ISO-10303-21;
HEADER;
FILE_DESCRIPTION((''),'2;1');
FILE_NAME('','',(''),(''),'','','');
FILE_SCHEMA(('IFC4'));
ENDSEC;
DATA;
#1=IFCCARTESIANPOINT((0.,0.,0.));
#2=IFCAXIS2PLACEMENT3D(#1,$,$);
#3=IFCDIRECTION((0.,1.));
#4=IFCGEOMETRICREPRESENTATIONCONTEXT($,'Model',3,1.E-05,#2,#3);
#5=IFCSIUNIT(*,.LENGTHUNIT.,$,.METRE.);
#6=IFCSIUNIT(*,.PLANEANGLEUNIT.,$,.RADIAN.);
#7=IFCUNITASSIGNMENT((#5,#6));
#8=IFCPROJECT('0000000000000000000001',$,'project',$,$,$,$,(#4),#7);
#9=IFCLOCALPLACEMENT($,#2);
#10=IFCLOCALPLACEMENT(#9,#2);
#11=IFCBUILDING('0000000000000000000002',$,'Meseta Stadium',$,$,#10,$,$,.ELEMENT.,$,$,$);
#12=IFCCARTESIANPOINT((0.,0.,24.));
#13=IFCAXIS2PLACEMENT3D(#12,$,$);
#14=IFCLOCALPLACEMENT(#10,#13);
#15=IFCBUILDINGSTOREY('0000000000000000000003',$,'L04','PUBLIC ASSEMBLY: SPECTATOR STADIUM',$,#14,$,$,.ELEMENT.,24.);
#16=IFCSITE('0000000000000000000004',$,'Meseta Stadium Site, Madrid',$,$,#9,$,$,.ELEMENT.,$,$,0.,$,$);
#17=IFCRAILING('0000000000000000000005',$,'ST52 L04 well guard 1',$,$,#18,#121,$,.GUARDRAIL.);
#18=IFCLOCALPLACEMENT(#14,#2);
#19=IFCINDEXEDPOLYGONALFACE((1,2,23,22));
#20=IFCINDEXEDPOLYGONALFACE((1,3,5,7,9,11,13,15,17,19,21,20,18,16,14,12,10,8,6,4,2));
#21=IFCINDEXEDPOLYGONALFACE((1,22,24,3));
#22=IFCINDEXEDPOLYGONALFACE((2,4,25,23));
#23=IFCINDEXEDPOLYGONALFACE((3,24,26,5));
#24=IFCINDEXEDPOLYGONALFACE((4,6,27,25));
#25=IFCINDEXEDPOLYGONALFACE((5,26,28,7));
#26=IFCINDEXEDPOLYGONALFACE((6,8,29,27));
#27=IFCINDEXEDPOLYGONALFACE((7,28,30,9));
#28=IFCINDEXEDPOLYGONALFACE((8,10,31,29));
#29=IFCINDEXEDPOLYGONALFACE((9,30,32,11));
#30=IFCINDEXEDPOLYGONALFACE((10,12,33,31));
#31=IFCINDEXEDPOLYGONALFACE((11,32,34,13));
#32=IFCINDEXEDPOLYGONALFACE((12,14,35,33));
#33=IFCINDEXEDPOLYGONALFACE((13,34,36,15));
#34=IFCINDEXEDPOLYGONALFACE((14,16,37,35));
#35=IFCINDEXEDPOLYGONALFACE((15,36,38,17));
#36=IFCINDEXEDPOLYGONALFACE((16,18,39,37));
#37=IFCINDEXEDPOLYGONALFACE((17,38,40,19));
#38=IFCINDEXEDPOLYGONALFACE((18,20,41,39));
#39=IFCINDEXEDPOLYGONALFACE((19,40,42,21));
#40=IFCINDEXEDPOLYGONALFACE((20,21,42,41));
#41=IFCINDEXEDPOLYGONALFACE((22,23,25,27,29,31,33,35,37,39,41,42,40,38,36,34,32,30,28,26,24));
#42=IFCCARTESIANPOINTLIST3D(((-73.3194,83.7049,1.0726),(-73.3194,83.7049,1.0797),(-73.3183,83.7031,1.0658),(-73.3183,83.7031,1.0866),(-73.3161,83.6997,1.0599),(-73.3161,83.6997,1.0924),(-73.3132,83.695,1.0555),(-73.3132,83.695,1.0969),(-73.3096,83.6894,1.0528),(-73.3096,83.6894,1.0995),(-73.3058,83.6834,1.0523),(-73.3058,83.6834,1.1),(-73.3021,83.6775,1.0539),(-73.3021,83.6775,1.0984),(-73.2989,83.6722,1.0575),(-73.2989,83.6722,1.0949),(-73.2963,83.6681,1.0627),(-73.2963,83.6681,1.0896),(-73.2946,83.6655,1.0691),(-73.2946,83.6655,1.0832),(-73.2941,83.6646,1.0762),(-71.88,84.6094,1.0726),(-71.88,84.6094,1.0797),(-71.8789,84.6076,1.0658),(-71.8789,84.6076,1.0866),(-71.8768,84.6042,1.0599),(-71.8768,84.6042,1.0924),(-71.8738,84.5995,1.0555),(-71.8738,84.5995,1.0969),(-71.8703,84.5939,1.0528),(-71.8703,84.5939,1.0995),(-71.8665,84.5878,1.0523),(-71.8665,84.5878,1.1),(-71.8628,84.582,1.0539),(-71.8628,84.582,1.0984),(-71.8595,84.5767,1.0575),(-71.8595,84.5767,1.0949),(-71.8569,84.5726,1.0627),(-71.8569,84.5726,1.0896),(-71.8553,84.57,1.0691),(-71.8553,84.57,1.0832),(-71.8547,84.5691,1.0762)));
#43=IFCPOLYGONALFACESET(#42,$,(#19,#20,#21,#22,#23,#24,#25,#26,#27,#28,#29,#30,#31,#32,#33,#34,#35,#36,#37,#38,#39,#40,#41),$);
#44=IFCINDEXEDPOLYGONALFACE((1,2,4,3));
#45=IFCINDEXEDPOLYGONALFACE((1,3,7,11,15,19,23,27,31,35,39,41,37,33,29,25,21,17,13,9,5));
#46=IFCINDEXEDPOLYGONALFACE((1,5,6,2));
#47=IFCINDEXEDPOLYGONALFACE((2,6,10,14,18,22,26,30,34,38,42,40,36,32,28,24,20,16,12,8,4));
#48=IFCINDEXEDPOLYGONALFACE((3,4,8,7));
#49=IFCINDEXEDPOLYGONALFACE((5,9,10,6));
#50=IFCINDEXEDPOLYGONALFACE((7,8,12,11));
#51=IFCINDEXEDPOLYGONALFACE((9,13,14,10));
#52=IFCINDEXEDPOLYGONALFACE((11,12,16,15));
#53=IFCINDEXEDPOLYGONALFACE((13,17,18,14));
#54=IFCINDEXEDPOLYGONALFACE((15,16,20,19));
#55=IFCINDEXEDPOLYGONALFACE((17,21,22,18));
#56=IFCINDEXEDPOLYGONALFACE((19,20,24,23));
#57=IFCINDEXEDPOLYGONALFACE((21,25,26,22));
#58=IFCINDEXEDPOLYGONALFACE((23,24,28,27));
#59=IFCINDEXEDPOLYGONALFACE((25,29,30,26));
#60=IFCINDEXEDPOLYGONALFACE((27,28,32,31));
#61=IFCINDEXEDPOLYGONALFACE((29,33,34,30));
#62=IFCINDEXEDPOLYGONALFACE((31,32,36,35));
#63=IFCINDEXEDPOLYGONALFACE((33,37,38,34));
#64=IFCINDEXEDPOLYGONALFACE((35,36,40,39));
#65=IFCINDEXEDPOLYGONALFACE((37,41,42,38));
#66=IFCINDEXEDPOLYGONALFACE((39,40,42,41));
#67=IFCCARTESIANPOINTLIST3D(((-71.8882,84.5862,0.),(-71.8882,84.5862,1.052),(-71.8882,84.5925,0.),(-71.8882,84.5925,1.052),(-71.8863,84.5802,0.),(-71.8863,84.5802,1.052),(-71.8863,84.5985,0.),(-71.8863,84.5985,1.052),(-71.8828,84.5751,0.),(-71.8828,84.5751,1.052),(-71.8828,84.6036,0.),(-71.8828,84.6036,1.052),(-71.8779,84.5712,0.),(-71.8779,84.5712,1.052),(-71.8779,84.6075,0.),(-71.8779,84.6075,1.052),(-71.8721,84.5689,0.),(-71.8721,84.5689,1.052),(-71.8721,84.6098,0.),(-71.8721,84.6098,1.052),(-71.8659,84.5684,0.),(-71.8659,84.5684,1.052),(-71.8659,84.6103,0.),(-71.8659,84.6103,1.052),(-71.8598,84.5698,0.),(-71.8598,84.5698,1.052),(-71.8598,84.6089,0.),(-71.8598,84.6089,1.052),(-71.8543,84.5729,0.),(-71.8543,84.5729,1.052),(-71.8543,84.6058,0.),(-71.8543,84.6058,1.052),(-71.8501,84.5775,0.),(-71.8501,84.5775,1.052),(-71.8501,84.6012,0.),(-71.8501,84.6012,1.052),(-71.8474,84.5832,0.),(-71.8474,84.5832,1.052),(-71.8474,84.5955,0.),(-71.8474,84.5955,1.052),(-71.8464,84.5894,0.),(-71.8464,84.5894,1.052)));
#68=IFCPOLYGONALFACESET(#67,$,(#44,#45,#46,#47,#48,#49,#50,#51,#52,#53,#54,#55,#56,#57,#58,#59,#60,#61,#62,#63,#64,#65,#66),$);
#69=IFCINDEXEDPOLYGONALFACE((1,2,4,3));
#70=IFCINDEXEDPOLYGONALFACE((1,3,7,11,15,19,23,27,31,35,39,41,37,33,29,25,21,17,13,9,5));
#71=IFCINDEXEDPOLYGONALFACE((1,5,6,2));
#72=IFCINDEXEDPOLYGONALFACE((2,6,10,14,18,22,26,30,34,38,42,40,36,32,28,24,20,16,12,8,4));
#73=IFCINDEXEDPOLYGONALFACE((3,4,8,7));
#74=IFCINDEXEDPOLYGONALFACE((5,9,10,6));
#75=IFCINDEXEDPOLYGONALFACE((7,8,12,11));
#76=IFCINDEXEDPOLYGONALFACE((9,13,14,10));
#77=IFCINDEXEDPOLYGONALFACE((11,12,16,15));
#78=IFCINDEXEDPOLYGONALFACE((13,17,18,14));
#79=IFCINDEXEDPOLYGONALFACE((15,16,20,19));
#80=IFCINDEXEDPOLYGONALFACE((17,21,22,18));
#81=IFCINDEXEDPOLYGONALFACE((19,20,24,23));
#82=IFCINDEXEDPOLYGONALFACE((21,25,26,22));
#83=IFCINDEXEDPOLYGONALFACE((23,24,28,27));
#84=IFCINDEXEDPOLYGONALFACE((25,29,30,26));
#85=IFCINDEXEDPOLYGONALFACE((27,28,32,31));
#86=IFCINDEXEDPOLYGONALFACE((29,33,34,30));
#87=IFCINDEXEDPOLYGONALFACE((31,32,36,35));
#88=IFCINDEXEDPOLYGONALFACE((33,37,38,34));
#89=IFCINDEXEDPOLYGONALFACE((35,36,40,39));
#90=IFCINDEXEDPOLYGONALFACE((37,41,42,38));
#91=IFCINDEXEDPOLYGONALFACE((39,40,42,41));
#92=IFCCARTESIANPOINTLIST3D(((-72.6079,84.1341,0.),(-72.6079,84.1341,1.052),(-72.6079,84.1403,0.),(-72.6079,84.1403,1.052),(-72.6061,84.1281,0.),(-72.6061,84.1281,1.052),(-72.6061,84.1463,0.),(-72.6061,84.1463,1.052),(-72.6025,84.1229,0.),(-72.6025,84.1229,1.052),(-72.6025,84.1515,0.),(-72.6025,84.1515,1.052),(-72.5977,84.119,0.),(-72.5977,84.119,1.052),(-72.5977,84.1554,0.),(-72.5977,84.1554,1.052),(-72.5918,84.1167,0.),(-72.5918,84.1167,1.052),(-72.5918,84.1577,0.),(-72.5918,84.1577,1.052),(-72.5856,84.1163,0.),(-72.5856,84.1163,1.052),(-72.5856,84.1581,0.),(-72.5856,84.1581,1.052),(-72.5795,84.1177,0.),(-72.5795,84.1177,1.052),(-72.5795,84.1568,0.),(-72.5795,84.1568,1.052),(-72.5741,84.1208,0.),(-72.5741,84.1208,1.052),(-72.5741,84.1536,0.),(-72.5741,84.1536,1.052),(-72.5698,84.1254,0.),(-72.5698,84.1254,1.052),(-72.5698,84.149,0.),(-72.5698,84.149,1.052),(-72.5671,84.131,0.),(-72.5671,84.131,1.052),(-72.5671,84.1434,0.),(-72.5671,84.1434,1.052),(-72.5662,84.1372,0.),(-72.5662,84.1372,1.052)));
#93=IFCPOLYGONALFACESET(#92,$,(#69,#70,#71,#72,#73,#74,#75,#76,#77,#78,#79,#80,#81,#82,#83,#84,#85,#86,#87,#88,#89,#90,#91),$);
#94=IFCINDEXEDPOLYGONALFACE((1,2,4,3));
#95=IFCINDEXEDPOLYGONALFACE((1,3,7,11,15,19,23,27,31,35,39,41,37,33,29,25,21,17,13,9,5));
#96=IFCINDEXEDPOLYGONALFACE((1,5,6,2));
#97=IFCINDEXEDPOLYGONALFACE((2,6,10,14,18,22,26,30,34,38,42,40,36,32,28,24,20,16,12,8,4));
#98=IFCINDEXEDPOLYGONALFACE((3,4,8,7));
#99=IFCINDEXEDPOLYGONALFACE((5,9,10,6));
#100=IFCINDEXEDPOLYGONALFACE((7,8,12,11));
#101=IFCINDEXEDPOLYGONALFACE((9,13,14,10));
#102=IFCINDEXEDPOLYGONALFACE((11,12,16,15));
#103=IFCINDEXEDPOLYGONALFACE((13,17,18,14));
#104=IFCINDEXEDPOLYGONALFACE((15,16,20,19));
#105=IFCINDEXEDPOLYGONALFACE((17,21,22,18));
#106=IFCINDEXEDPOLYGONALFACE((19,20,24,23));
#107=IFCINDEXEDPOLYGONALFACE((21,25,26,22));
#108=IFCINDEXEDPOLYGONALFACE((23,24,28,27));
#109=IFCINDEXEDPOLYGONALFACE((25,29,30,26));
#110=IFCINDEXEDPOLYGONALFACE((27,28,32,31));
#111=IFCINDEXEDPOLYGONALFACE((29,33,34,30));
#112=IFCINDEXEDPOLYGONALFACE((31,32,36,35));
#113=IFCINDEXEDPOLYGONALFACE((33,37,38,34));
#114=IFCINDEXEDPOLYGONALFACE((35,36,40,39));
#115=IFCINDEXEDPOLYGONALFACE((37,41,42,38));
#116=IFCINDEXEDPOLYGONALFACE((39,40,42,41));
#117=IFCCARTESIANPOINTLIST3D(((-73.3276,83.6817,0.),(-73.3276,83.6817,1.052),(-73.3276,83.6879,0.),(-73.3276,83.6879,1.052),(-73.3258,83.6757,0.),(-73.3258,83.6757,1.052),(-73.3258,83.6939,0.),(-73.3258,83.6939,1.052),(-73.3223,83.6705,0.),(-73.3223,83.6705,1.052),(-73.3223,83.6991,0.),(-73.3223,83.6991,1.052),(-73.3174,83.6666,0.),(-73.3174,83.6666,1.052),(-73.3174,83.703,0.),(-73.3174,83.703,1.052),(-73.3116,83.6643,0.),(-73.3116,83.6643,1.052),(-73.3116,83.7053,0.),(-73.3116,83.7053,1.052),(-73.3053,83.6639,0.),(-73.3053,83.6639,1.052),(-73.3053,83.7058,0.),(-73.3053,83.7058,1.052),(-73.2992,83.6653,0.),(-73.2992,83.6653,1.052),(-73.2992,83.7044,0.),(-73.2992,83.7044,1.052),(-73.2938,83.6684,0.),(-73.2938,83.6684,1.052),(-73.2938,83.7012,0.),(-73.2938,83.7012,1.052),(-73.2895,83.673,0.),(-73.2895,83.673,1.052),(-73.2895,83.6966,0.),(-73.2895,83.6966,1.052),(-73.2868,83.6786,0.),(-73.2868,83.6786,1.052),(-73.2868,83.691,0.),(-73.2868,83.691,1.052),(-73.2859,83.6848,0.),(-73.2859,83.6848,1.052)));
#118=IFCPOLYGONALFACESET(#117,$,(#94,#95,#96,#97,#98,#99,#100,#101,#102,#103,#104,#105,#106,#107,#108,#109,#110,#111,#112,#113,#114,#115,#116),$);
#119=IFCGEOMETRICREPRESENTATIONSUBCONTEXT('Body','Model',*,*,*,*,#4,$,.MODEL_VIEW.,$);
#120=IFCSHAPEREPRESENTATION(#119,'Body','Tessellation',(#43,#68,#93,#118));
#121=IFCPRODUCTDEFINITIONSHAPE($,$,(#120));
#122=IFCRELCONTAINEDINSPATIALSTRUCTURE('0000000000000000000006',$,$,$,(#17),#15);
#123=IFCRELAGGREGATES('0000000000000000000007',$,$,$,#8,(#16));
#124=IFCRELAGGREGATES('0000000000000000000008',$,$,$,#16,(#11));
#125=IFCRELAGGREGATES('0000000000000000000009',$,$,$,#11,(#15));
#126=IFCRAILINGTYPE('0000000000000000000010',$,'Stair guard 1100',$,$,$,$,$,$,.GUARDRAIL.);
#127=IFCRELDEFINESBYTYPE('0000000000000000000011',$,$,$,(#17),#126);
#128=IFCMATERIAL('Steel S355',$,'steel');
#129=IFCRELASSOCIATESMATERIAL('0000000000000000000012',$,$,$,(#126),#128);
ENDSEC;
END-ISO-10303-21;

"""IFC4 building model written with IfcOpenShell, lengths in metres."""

from ifc_helpers import new_model, si_unit, direction, frame, origin, origin_2d, place, context, subcontext, project, spatial, circle, extrude, material, type_object, element, save


model = new_model("IFC4")

# Units and contexts
model_context = context("Model", 3, precision=1e-05, world=origin(), true_north=direction((0.0, 1.0)))
body_context = subcontext(model_context, "Body", "Model", "MODEL_VIEW")
ifc_project = project(units=[si_unit("LENGTHUNIT", "METRE"), si_unit("PLANEANGLEUNIT", "RADIAN")], contexts=[model_context])

# Site, building, storey
site_placement = place(None, origin())
site = spatial("IfcSite", under=ifc_project, at=site_placement, Name="Meseta Stadium Site, Madrid", CompositionType="ELEMENT", RefElevation=0.0)
building_placement = place(site_placement, origin())
building = spatial("IfcBuilding", under=site, at=building_placement, Name="Meseta Stadium", CompositionType="ELEMENT")
storey_placement = place(building_placement, frame((0.0, 0.0, 24.0)))
storey = spatial("IfcBuildingStorey", under=building, at=storey_placement, Name="L04", Description="PUBLIC ASSEMBLY: SPECTATOR STADIUM", CompositionType="ELEMENT", Elevation=24.0)

# Railing
ifc_material_1 = material(Name="Steel S355", Category="steel")
railing_type_1 = type_object("IfcRailingType", Name="Stair guard 1100", PredefinedType="GUARDRAIL", material=ifc_material_1)
railing_1_placement = place(storey_placement, frame((-71.8674, 84.5894, 0.0)))
element("IfcRailing", 1, at=railing_1_placement, inside=storey, type_object=railing_type_1, Name="ST52 L04 well guard 1", PredefinedType="GUARDRAIL", context=body_context, shape_type="SweptSolid", body=[
    extrude(circle(Radius=0.0239, at=origin_2d()), frame((0.0, 0.0, 1.0762), z_axis=(-0.846705, -0.532063, 0.0), x_axis=(0.532063, -0.846705, 0.0)), (0.0, 0.0, 1.0), 1.7),
    extrude(circle(Radius=0.021, at=origin_2d()), origin(), (0.0, 0.0, 1.0), 1.052),
    extrude(circle(Radius=0.021, at=origin_2d()), frame((-0.7197, -0.4521, 0.0)), (0.0, 0.0, 1.0), 1.052),
    extrude(circle(Radius=0.021, at=origin_2d()), frame((-1.4395, -0.9045, 0.0)), (0.0, 0.0, 1.0), 1.052),
])

save(model, "model.ifc")
